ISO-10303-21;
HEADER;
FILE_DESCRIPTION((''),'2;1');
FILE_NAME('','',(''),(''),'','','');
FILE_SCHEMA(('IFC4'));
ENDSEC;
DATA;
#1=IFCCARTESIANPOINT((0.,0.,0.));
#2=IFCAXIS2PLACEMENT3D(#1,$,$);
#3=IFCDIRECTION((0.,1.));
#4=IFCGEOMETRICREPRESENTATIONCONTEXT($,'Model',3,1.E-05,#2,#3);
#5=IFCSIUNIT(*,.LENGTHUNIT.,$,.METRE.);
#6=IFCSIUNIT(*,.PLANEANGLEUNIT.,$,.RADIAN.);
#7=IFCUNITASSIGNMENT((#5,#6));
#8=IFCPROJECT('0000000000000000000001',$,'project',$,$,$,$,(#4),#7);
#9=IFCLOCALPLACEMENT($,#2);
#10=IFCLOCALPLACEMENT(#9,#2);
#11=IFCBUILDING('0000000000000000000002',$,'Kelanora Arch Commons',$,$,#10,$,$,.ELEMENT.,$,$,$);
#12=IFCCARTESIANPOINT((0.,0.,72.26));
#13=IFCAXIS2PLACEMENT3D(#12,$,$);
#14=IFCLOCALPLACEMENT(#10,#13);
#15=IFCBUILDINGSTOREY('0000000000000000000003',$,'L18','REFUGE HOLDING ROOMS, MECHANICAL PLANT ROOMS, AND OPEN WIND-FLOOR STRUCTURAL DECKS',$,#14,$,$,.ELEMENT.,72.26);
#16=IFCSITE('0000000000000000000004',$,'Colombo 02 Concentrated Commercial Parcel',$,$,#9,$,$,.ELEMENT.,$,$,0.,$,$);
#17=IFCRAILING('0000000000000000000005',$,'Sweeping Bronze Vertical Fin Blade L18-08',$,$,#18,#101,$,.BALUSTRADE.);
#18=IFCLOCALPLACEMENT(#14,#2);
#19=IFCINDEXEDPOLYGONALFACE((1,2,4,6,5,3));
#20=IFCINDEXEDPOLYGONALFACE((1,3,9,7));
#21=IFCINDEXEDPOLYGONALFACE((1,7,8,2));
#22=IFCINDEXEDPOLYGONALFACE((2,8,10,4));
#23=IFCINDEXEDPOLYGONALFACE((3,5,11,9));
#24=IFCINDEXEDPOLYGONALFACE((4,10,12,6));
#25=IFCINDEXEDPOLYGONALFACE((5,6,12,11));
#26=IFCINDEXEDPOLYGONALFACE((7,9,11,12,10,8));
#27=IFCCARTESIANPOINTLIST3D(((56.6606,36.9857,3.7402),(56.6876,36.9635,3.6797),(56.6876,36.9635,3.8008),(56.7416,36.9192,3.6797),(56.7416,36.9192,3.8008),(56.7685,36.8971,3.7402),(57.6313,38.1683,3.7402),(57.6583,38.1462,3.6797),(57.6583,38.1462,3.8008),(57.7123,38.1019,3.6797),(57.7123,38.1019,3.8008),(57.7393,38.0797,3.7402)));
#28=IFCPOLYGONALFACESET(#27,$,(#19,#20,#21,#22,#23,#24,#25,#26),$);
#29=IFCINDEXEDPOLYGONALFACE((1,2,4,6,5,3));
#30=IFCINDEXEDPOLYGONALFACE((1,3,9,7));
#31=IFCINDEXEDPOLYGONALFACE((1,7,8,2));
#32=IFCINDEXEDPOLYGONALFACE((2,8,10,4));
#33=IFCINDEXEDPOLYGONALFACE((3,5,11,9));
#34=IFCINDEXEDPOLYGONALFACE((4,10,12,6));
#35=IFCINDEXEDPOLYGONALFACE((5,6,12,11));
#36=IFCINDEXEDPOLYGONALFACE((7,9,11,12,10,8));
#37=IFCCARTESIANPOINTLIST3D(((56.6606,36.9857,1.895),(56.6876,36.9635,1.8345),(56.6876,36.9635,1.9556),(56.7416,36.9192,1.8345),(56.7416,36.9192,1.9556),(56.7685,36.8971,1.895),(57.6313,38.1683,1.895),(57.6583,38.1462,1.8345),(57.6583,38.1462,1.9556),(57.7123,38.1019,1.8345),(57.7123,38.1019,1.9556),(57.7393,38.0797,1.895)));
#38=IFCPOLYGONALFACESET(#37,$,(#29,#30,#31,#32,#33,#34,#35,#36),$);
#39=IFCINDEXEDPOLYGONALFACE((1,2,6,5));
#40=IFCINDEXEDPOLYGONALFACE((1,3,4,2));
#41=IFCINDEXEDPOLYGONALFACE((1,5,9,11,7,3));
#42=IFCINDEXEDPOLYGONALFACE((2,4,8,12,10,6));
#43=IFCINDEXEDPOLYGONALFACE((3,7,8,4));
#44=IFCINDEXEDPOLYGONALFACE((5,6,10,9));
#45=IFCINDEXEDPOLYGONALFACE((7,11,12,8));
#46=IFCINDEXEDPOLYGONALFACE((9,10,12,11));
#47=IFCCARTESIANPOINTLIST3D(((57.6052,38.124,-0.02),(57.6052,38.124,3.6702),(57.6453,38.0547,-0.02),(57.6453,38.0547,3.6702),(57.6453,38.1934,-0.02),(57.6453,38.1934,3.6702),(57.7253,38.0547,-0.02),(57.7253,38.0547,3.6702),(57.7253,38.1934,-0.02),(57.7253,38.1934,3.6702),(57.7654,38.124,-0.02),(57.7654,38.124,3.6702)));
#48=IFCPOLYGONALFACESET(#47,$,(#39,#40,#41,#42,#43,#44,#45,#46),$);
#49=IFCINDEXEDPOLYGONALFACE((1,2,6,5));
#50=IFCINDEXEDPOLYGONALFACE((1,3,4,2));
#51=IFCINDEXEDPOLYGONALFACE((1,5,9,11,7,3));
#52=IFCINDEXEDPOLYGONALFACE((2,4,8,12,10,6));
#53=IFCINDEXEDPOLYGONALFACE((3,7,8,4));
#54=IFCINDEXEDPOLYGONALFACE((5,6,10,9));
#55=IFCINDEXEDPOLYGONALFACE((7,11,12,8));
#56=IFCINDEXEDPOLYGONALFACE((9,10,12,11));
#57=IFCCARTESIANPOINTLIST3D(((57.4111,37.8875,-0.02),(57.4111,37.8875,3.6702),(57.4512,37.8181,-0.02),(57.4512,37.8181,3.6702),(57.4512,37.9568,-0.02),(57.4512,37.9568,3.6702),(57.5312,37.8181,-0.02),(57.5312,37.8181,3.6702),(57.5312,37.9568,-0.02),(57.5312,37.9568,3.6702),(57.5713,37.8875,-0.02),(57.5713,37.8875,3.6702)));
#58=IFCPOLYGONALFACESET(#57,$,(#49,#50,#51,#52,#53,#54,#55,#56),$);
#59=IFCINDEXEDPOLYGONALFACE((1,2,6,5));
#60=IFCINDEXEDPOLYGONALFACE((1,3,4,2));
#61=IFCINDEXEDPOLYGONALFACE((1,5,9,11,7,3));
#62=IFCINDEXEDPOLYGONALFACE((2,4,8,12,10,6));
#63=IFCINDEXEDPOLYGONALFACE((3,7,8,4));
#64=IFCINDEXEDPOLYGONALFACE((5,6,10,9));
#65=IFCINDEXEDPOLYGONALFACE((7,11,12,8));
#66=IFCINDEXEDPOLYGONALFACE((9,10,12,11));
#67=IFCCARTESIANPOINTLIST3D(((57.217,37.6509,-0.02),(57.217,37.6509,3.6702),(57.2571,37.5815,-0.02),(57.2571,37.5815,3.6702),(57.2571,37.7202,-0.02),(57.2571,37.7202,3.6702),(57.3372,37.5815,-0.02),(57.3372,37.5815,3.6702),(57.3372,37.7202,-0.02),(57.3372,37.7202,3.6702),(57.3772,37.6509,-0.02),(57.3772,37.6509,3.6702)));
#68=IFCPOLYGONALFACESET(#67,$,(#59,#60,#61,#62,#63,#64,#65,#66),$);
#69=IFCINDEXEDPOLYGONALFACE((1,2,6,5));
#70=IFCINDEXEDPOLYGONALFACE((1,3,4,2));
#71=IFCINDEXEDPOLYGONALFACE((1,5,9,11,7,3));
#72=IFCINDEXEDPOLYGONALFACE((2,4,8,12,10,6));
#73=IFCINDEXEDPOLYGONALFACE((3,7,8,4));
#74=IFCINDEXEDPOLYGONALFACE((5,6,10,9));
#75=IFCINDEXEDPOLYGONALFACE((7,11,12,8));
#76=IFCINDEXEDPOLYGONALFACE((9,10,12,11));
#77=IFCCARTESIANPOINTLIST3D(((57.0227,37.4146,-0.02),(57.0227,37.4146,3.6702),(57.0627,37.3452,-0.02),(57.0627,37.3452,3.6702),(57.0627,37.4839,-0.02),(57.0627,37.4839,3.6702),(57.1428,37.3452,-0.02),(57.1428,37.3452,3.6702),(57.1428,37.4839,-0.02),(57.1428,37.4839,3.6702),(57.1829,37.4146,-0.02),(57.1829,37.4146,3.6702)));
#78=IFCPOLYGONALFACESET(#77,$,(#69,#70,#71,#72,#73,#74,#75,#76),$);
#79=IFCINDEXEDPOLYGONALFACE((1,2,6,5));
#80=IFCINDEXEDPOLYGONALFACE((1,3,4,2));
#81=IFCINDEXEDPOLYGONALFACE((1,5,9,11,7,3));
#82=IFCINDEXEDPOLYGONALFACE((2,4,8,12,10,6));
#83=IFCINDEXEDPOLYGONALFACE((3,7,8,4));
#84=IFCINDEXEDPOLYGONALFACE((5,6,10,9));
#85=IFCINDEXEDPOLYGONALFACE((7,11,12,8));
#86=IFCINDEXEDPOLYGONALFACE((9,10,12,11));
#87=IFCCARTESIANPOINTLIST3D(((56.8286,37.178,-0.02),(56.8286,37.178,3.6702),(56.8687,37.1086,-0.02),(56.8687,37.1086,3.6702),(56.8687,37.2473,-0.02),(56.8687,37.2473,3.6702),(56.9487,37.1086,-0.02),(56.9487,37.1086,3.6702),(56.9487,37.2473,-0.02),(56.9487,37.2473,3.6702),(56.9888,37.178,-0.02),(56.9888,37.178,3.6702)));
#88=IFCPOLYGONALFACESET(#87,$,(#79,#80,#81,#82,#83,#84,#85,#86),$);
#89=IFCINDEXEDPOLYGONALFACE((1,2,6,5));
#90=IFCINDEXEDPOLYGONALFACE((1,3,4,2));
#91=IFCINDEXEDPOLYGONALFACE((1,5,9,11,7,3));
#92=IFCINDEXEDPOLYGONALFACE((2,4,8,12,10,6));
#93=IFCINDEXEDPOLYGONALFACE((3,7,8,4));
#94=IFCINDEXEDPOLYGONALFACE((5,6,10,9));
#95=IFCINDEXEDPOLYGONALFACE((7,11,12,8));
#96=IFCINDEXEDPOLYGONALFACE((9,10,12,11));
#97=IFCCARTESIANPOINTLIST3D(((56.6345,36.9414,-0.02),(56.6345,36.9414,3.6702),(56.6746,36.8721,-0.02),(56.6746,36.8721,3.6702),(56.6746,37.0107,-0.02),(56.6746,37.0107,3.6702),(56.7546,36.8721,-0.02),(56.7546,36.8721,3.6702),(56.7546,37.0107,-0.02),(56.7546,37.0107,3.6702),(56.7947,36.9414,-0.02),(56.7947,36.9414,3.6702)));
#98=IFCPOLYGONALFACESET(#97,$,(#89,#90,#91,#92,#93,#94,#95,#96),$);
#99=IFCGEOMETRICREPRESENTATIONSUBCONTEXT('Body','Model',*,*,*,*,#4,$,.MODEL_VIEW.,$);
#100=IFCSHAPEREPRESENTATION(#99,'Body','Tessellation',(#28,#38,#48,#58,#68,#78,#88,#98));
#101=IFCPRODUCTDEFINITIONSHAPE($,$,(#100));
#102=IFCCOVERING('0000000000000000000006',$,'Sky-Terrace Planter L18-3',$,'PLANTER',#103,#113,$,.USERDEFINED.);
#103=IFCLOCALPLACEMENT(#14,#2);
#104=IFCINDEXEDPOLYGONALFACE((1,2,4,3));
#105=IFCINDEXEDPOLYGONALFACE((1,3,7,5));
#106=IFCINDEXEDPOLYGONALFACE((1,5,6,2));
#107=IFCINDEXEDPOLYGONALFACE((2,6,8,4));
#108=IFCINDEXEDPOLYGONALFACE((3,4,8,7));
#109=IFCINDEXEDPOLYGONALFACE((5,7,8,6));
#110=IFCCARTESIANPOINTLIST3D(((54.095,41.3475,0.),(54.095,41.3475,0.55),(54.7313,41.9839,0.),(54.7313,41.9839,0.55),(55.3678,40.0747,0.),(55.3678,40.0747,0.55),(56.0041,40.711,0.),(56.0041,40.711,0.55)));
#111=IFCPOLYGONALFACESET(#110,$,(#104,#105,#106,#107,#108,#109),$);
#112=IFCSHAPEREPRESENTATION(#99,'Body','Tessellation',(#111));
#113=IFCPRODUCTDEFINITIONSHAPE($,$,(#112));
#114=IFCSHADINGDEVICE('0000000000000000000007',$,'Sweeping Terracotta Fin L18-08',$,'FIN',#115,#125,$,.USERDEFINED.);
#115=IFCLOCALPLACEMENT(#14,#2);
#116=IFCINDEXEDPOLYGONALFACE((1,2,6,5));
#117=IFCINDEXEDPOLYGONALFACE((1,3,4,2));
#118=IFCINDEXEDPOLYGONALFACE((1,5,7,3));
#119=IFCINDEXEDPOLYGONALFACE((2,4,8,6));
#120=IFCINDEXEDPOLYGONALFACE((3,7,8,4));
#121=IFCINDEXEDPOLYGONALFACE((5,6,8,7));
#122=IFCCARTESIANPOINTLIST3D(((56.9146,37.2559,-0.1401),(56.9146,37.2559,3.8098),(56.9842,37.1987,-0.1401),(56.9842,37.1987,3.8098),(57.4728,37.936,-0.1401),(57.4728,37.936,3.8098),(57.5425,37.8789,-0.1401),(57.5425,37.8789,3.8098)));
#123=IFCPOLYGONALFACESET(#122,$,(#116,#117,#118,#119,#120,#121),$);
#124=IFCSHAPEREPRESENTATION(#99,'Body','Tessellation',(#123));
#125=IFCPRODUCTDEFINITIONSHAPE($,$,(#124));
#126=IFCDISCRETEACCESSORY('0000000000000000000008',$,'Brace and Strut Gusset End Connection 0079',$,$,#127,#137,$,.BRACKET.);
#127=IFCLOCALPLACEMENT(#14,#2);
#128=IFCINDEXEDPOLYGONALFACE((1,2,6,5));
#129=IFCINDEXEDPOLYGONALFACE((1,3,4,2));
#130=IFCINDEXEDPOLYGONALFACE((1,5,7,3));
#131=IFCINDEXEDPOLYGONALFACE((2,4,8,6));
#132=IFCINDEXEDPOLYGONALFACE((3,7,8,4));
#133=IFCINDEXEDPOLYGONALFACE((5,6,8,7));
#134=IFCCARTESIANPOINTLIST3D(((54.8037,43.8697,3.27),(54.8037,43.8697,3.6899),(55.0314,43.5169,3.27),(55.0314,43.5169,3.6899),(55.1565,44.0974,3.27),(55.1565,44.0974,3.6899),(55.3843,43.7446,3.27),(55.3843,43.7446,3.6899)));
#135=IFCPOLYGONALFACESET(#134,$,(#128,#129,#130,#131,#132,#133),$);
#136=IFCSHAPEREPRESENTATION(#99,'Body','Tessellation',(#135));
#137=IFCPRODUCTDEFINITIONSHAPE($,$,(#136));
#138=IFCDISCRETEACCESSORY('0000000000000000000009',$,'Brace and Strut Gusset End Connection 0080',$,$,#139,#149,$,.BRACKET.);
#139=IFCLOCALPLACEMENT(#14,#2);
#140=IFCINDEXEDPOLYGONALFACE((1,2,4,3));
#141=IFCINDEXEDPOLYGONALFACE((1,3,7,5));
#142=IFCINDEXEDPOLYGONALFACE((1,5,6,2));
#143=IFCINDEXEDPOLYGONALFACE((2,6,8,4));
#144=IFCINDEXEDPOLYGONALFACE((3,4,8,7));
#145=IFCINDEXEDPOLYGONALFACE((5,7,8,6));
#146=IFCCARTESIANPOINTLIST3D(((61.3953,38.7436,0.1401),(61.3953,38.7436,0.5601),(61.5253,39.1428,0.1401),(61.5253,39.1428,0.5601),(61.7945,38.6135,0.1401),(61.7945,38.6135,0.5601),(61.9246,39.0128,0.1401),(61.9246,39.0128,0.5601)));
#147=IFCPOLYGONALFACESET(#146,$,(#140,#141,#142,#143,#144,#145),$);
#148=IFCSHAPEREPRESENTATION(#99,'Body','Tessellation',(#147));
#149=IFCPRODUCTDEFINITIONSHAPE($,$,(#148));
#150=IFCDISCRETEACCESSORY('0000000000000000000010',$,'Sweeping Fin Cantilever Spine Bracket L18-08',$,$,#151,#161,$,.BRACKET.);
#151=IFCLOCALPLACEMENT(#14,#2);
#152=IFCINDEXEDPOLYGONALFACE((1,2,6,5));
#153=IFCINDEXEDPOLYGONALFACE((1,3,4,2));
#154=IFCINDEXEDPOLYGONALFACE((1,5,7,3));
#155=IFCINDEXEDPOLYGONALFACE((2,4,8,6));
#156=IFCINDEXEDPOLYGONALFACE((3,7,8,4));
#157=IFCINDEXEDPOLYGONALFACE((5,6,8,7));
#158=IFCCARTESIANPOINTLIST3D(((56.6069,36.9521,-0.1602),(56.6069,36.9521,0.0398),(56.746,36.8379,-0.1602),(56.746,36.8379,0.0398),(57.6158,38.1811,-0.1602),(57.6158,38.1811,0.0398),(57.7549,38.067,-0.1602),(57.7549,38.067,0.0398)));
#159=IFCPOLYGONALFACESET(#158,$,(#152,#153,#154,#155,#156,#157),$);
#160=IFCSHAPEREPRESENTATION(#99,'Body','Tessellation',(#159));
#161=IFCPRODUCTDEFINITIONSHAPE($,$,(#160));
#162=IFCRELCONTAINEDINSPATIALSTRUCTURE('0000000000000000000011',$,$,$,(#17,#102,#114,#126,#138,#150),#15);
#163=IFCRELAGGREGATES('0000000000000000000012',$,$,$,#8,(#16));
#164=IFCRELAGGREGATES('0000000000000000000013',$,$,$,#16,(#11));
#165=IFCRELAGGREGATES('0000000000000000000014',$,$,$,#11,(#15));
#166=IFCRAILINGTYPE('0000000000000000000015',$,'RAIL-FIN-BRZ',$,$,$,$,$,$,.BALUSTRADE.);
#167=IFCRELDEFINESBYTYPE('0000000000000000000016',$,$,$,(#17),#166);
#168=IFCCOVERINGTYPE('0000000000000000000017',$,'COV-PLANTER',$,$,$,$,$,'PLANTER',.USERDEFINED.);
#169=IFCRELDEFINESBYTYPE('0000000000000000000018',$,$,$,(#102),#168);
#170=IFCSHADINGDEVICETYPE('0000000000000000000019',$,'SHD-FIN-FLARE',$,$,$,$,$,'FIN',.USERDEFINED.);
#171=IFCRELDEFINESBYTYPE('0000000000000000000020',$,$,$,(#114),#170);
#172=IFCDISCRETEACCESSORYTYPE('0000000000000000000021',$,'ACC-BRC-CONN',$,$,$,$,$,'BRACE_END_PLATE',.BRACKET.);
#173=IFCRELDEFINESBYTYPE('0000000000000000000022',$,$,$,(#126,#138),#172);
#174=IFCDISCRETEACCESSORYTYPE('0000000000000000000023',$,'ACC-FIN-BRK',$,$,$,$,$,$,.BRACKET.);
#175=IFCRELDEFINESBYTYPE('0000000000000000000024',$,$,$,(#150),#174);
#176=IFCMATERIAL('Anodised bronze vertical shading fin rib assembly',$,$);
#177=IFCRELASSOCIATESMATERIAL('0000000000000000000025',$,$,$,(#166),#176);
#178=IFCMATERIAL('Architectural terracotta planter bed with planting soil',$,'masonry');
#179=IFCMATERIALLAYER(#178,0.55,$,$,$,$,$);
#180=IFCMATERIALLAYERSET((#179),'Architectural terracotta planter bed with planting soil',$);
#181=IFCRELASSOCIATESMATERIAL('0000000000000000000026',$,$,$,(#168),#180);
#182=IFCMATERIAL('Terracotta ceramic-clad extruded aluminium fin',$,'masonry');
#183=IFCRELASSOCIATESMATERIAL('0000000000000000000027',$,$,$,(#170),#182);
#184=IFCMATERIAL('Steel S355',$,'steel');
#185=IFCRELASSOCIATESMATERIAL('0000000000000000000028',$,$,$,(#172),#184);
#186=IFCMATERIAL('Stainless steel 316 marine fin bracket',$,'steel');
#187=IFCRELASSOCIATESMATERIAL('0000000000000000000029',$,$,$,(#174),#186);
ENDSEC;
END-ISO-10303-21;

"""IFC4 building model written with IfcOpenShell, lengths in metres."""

from ifc_helpers import new_model, si_unit, direction, frame, origin, origin_2d, place, context, subcontext, project, spatial, polyline, rectangle, outline, extrude, source, transform, mapped, material, layer, layer_set, type_object, element, save


model = new_model("IFC4")

# Units and contexts
model_context = context("Model", 3, precision=1e-05, world=origin(), true_north=direction((0.0, 1.0)))
body_context = subcontext(model_context, "Body", "Model", "MODEL_VIEW")
ifc_project = project(units=[si_unit("LENGTHUNIT", "METRE"), si_unit("PLANEANGLEUNIT", "RADIAN")], contexts=[model_context])

# Site, building, storey
site_placement = place(None, origin())
site = spatial("IfcSite", under=ifc_project, at=site_placement, Name="Colombo 02 Concentrated Commercial Parcel", CompositionType="ELEMENT", RefElevation=0.0)
building_placement = place(site_placement, origin())
building = spatial("IfcBuilding", under=site, at=building_placement, Name="Kelanora Arch Commons", CompositionType="ELEMENT")
storey_placement = place(building_placement, frame((0.0, 0.0, 72.26)))
storey = spatial("IfcBuildingStorey", under=building, at=storey_placement, Name="L18", Description="REFUGE HOLDING ROOMS, MECHANICAL PLANT ROOMS, AND OPEN WIND-FLOOR STRUCTURAL DECKS", CompositionType="ELEMENT", Elevation=72.26)

# Shared definitions
ifc_material_1 = material(Name="Steel S355", Category="steel")

# Railing
ifc_material_2 = material(Name="Anodised bronze vertical shading fin rib assembly")
railing_type = type_object("IfcRailingType", Name="RAIL-FIN-BRZ", PredefinedType="BALUSTRADE", material=ifc_material_2)
railing_placement = place(storey_placement, frame((57.6853, 38.124, -0.02)))
element("IfcRailing", 1, at=railing_placement, inside=storey, type_object=railing_type, Name="Sweeping Bronze Vertical Fin Blade L18-08", PredefinedType="BALUSTRADE", context=body_context, shape_type="SweptSolid", body=[
    extrude(outline(polyline([(0.0698, 0.0), (0.0349, 0.0605), (-0.0349, 0.0605), (-0.0698, 0.0), (-0.0349, -0.0605), (0.0349, -0.0605), (0.0698, 0.0)])), frame((0.0, 0.0, 3.7603), z_axis=(-0.634454, -0.772961, 0.0), x_axis=(0.772961, -0.634454, 0.0)), (0.0, 0.0, 1.0), 1.53),
    extrude(outline(polyline([(0.0698, 0.0), (0.0349, 0.0605), (-0.0349, 0.0605), (-0.0698, 0.0), (-0.0349, -0.0605), (0.0349, -0.0605), (0.0698, 0.0)])), frame((0.0, 0.0, 1.915), z_axis=(-0.634454, -0.772961, 0.0), x_axis=(0.772961, -0.634454, 0.0)), (0.0, 0.0, 1.0), 1.53),
    extrude(outline(polyline([(0.0801, 0.0), (0.04, 0.0693), (-0.04, 0.0693), (-0.0801, 0.0), (-0.04, -0.0693), (0.04, -0.0693), (0.0801, 0.0)])), origin(), (0.0, 0.0, 1.0), 3.6902),
    extrude(outline(polyline([(0.0801, 0.0), (0.04, 0.0693), (-0.04, 0.0693), (-0.0801, 0.0), (-0.04, -0.0693), (0.04, -0.0693), (0.0801, 0.0)])), frame((-0.1941, -0.2366, 0.0)), (0.0, 0.0, 1.0), 3.6902),
    extrude(outline(polyline([(0.0801, 0.0), (0.04, 0.0693), (-0.04, 0.0693), (-0.0801, 0.0), (-0.04, -0.0693), (0.04, -0.0693), (0.0801, 0.0)])), frame((-0.3882, -0.4731, 0.0)), (0.0, 0.0, 1.0), 3.6902),
    extrude(outline(polyline([(0.0801, 0.0), (0.04, 0.0693), (-0.04, 0.0693), (-0.0801, 0.0), (-0.04, -0.0693), (0.04, -0.0693), (0.0801, 0.0)])), frame((-0.5825, -0.7095, 0.0)), (0.0, 0.0, 1.0), 3.6902),
    extrude(outline(polyline([(0.0801, 0.0), (0.04, 0.0693), (-0.04, 0.0693), (-0.0801, 0.0), (-0.04, -0.0693), (0.04, -0.0693), (0.0801, 0.0)])), frame((-0.7766, -0.946, 0.0)), (0.0, 0.0, 1.0), 3.6902),
    extrude(outline(polyline([(0.0801, 0.0), (0.04, 0.0693), (-0.04, 0.0693), (-0.0801, 0.0), (-0.04, -0.0693), (0.04, -0.0693), (0.0801, 0.0)])), frame((-0.9707, -1.1826, 0.0)), (0.0, 0.0, 1.0), 3.6902),
])

# Covering
ifc_material_3 = material(Name="Architectural terracotta planter bed with planting soil", Category="masonry")
ifc_layer_1 = layer(ifc_material_3, 0.55)
ifc_layer_set_1 = layer_set([ifc_layer_1], Name="Architectural terracotta planter bed with planting soil")
covering_type = type_object("IfcCoveringType", Name="COV-PLANTER", ElementType="PLANTER", PredefinedType="USERDEFINED", material=ifc_layer_set_1)
shared_shape_1 = source(origin(), body_context, "Body", "SweptSolid", [
    extrude(rectangle(XDim=1.8, YDim=0.8999, at=origin_2d()), origin(), (0.0, 0.0, 1.0), 0.55),
])
covering_placement = place(storey_placement, frame((55.0496, 41.0293, 0.0), z_axis=(0.0, 0.0, 1.0), x_axis=(0.707107, -0.707107, 0.0)))
element("IfcCovering", 2, at=covering_placement, inside=storey, type_object=covering_type, Name="Sky-Terrace Planter L18-3", ObjectType="PLANTER", PredefinedType="USERDEFINED", context=body_context, shape_type="MappedRepresentation", body=[
    mapped(shared_shape_1, transform((0.0, 0.0, 0.0), scale=1.0)),
])

# Shading device
ifc_material_4 = material(Name="Terracotta ceramic-clad extruded aluminium fin", Category="masonry")
shading_device_type = type_object("IfcShadingDeviceType", Name="SHD-FIN-FLARE", ElementType="FIN", PredefinedType="USERDEFINED", material=ifc_material_4)
shared_shape_2 = source(origin(), body_context, "Body", "SweptSolid", [
    extrude(rectangle(XDim=0.8799, YDim=0.0901, at=origin_2d()), origin(), (0.0, 0.0, 1.0), 3.95),
])
shading_device_placement = place(storey_placement, frame((57.2285, 37.5674, -0.1401), z_axis=(0.0, 0.0, 1.0), x_axis=(-0.634461, -0.772955, 0.0)))
element("IfcShadingDevice", 3, at=shading_device_placement, inside=storey, type_object=shading_device_type, Name="Sweeping Terracotta Fin L18-08", ObjectType="FIN", PredefinedType="USERDEFINED", context=body_context, shape_type="MappedRepresentation", body=[
    mapped(shared_shape_2, transform((0.0, 0.0, 0.0), scale=1.0)),
])

# Discrete accessories
discrete_accessory_type_1 = type_object("IfcDiscreteAccessoryType", Name="ACC-BRC-CONN", ElementType="BRACE_END_PLATE", PredefinedType="BRACKET", material=ifc_material_1)
shared_shape_3 = source(origin(), body_context, "Body", "SweptSolid", [
    extrude(rectangle(XDim=0.4199, YDim=0.4199, at=origin_2d()), origin(), (0.0, 0.0, 1.0), 0.4199),
])
for number, where, z_axis, x_axis, name in (
    (4, (55.094, 43.8071, 3.27), (0.0, 0.0, 1.0), (0.542295, -0.840188, 0.0), "Brace and Strut Gusset End Connection 0079"),
    (5, (61.6599, 38.8782, 0.1401), (0.0, 0.0, 1.0), (0.950841, -0.309681, 0.0), "Brace and Strut Gusset End Connection 0080"),
):
    element("IfcDiscreteAccessory", number, at=place(storey_placement, frame(where, z_axis=z_axis, x_axis=x_axis)), inside=storey, type_object=discrete_accessory_type_1, Name=name, PredefinedType="BRACKET", context=body_context, shape_type="MappedRepresentation", body=[
        mapped(shared_shape_3, transform((0.0, 0.0, 0.0), scale=1.0)),
    ])
ifc_material_5 = material(Name="Stainless steel 316 marine fin bracket", Category="steel")
discrete_accessory_type_2 = type_object("IfcDiscreteAccessoryType", Name="ACC-FIN-BRK", PredefinedType="BRACKET", material=ifc_material_5)
shared_shape_4 = source(origin(), body_context, "Body", "SweptSolid", [
    extrude(rectangle(XDim=1.5901, YDim=0.1799, at=origin_2d()), origin(), (0.0, 0.0, 1.0), 0.2),
])
discrete_accessory_placement = place(storey_placement, frame((57.1809, 37.5095, -0.1602), z_axis=(0.0, 0.0, 1.0), x_axis=(-0.634461, -0.772955, 0.0)))
element("IfcDiscreteAccessory", 6, at=discrete_accessory_placement, inside=storey, type_object=discrete_accessory_type_2, Name="Sweeping Fin Cantilever Spine Bracket L18-08", PredefinedType="BRACKET", context=body_context, shape_type="MappedRepresentation", body=[
    mapped(shared_shape_4, transform((0.0, 0.0, 0.0), scale=1.0)),
])

save(model, "model.ifc")
